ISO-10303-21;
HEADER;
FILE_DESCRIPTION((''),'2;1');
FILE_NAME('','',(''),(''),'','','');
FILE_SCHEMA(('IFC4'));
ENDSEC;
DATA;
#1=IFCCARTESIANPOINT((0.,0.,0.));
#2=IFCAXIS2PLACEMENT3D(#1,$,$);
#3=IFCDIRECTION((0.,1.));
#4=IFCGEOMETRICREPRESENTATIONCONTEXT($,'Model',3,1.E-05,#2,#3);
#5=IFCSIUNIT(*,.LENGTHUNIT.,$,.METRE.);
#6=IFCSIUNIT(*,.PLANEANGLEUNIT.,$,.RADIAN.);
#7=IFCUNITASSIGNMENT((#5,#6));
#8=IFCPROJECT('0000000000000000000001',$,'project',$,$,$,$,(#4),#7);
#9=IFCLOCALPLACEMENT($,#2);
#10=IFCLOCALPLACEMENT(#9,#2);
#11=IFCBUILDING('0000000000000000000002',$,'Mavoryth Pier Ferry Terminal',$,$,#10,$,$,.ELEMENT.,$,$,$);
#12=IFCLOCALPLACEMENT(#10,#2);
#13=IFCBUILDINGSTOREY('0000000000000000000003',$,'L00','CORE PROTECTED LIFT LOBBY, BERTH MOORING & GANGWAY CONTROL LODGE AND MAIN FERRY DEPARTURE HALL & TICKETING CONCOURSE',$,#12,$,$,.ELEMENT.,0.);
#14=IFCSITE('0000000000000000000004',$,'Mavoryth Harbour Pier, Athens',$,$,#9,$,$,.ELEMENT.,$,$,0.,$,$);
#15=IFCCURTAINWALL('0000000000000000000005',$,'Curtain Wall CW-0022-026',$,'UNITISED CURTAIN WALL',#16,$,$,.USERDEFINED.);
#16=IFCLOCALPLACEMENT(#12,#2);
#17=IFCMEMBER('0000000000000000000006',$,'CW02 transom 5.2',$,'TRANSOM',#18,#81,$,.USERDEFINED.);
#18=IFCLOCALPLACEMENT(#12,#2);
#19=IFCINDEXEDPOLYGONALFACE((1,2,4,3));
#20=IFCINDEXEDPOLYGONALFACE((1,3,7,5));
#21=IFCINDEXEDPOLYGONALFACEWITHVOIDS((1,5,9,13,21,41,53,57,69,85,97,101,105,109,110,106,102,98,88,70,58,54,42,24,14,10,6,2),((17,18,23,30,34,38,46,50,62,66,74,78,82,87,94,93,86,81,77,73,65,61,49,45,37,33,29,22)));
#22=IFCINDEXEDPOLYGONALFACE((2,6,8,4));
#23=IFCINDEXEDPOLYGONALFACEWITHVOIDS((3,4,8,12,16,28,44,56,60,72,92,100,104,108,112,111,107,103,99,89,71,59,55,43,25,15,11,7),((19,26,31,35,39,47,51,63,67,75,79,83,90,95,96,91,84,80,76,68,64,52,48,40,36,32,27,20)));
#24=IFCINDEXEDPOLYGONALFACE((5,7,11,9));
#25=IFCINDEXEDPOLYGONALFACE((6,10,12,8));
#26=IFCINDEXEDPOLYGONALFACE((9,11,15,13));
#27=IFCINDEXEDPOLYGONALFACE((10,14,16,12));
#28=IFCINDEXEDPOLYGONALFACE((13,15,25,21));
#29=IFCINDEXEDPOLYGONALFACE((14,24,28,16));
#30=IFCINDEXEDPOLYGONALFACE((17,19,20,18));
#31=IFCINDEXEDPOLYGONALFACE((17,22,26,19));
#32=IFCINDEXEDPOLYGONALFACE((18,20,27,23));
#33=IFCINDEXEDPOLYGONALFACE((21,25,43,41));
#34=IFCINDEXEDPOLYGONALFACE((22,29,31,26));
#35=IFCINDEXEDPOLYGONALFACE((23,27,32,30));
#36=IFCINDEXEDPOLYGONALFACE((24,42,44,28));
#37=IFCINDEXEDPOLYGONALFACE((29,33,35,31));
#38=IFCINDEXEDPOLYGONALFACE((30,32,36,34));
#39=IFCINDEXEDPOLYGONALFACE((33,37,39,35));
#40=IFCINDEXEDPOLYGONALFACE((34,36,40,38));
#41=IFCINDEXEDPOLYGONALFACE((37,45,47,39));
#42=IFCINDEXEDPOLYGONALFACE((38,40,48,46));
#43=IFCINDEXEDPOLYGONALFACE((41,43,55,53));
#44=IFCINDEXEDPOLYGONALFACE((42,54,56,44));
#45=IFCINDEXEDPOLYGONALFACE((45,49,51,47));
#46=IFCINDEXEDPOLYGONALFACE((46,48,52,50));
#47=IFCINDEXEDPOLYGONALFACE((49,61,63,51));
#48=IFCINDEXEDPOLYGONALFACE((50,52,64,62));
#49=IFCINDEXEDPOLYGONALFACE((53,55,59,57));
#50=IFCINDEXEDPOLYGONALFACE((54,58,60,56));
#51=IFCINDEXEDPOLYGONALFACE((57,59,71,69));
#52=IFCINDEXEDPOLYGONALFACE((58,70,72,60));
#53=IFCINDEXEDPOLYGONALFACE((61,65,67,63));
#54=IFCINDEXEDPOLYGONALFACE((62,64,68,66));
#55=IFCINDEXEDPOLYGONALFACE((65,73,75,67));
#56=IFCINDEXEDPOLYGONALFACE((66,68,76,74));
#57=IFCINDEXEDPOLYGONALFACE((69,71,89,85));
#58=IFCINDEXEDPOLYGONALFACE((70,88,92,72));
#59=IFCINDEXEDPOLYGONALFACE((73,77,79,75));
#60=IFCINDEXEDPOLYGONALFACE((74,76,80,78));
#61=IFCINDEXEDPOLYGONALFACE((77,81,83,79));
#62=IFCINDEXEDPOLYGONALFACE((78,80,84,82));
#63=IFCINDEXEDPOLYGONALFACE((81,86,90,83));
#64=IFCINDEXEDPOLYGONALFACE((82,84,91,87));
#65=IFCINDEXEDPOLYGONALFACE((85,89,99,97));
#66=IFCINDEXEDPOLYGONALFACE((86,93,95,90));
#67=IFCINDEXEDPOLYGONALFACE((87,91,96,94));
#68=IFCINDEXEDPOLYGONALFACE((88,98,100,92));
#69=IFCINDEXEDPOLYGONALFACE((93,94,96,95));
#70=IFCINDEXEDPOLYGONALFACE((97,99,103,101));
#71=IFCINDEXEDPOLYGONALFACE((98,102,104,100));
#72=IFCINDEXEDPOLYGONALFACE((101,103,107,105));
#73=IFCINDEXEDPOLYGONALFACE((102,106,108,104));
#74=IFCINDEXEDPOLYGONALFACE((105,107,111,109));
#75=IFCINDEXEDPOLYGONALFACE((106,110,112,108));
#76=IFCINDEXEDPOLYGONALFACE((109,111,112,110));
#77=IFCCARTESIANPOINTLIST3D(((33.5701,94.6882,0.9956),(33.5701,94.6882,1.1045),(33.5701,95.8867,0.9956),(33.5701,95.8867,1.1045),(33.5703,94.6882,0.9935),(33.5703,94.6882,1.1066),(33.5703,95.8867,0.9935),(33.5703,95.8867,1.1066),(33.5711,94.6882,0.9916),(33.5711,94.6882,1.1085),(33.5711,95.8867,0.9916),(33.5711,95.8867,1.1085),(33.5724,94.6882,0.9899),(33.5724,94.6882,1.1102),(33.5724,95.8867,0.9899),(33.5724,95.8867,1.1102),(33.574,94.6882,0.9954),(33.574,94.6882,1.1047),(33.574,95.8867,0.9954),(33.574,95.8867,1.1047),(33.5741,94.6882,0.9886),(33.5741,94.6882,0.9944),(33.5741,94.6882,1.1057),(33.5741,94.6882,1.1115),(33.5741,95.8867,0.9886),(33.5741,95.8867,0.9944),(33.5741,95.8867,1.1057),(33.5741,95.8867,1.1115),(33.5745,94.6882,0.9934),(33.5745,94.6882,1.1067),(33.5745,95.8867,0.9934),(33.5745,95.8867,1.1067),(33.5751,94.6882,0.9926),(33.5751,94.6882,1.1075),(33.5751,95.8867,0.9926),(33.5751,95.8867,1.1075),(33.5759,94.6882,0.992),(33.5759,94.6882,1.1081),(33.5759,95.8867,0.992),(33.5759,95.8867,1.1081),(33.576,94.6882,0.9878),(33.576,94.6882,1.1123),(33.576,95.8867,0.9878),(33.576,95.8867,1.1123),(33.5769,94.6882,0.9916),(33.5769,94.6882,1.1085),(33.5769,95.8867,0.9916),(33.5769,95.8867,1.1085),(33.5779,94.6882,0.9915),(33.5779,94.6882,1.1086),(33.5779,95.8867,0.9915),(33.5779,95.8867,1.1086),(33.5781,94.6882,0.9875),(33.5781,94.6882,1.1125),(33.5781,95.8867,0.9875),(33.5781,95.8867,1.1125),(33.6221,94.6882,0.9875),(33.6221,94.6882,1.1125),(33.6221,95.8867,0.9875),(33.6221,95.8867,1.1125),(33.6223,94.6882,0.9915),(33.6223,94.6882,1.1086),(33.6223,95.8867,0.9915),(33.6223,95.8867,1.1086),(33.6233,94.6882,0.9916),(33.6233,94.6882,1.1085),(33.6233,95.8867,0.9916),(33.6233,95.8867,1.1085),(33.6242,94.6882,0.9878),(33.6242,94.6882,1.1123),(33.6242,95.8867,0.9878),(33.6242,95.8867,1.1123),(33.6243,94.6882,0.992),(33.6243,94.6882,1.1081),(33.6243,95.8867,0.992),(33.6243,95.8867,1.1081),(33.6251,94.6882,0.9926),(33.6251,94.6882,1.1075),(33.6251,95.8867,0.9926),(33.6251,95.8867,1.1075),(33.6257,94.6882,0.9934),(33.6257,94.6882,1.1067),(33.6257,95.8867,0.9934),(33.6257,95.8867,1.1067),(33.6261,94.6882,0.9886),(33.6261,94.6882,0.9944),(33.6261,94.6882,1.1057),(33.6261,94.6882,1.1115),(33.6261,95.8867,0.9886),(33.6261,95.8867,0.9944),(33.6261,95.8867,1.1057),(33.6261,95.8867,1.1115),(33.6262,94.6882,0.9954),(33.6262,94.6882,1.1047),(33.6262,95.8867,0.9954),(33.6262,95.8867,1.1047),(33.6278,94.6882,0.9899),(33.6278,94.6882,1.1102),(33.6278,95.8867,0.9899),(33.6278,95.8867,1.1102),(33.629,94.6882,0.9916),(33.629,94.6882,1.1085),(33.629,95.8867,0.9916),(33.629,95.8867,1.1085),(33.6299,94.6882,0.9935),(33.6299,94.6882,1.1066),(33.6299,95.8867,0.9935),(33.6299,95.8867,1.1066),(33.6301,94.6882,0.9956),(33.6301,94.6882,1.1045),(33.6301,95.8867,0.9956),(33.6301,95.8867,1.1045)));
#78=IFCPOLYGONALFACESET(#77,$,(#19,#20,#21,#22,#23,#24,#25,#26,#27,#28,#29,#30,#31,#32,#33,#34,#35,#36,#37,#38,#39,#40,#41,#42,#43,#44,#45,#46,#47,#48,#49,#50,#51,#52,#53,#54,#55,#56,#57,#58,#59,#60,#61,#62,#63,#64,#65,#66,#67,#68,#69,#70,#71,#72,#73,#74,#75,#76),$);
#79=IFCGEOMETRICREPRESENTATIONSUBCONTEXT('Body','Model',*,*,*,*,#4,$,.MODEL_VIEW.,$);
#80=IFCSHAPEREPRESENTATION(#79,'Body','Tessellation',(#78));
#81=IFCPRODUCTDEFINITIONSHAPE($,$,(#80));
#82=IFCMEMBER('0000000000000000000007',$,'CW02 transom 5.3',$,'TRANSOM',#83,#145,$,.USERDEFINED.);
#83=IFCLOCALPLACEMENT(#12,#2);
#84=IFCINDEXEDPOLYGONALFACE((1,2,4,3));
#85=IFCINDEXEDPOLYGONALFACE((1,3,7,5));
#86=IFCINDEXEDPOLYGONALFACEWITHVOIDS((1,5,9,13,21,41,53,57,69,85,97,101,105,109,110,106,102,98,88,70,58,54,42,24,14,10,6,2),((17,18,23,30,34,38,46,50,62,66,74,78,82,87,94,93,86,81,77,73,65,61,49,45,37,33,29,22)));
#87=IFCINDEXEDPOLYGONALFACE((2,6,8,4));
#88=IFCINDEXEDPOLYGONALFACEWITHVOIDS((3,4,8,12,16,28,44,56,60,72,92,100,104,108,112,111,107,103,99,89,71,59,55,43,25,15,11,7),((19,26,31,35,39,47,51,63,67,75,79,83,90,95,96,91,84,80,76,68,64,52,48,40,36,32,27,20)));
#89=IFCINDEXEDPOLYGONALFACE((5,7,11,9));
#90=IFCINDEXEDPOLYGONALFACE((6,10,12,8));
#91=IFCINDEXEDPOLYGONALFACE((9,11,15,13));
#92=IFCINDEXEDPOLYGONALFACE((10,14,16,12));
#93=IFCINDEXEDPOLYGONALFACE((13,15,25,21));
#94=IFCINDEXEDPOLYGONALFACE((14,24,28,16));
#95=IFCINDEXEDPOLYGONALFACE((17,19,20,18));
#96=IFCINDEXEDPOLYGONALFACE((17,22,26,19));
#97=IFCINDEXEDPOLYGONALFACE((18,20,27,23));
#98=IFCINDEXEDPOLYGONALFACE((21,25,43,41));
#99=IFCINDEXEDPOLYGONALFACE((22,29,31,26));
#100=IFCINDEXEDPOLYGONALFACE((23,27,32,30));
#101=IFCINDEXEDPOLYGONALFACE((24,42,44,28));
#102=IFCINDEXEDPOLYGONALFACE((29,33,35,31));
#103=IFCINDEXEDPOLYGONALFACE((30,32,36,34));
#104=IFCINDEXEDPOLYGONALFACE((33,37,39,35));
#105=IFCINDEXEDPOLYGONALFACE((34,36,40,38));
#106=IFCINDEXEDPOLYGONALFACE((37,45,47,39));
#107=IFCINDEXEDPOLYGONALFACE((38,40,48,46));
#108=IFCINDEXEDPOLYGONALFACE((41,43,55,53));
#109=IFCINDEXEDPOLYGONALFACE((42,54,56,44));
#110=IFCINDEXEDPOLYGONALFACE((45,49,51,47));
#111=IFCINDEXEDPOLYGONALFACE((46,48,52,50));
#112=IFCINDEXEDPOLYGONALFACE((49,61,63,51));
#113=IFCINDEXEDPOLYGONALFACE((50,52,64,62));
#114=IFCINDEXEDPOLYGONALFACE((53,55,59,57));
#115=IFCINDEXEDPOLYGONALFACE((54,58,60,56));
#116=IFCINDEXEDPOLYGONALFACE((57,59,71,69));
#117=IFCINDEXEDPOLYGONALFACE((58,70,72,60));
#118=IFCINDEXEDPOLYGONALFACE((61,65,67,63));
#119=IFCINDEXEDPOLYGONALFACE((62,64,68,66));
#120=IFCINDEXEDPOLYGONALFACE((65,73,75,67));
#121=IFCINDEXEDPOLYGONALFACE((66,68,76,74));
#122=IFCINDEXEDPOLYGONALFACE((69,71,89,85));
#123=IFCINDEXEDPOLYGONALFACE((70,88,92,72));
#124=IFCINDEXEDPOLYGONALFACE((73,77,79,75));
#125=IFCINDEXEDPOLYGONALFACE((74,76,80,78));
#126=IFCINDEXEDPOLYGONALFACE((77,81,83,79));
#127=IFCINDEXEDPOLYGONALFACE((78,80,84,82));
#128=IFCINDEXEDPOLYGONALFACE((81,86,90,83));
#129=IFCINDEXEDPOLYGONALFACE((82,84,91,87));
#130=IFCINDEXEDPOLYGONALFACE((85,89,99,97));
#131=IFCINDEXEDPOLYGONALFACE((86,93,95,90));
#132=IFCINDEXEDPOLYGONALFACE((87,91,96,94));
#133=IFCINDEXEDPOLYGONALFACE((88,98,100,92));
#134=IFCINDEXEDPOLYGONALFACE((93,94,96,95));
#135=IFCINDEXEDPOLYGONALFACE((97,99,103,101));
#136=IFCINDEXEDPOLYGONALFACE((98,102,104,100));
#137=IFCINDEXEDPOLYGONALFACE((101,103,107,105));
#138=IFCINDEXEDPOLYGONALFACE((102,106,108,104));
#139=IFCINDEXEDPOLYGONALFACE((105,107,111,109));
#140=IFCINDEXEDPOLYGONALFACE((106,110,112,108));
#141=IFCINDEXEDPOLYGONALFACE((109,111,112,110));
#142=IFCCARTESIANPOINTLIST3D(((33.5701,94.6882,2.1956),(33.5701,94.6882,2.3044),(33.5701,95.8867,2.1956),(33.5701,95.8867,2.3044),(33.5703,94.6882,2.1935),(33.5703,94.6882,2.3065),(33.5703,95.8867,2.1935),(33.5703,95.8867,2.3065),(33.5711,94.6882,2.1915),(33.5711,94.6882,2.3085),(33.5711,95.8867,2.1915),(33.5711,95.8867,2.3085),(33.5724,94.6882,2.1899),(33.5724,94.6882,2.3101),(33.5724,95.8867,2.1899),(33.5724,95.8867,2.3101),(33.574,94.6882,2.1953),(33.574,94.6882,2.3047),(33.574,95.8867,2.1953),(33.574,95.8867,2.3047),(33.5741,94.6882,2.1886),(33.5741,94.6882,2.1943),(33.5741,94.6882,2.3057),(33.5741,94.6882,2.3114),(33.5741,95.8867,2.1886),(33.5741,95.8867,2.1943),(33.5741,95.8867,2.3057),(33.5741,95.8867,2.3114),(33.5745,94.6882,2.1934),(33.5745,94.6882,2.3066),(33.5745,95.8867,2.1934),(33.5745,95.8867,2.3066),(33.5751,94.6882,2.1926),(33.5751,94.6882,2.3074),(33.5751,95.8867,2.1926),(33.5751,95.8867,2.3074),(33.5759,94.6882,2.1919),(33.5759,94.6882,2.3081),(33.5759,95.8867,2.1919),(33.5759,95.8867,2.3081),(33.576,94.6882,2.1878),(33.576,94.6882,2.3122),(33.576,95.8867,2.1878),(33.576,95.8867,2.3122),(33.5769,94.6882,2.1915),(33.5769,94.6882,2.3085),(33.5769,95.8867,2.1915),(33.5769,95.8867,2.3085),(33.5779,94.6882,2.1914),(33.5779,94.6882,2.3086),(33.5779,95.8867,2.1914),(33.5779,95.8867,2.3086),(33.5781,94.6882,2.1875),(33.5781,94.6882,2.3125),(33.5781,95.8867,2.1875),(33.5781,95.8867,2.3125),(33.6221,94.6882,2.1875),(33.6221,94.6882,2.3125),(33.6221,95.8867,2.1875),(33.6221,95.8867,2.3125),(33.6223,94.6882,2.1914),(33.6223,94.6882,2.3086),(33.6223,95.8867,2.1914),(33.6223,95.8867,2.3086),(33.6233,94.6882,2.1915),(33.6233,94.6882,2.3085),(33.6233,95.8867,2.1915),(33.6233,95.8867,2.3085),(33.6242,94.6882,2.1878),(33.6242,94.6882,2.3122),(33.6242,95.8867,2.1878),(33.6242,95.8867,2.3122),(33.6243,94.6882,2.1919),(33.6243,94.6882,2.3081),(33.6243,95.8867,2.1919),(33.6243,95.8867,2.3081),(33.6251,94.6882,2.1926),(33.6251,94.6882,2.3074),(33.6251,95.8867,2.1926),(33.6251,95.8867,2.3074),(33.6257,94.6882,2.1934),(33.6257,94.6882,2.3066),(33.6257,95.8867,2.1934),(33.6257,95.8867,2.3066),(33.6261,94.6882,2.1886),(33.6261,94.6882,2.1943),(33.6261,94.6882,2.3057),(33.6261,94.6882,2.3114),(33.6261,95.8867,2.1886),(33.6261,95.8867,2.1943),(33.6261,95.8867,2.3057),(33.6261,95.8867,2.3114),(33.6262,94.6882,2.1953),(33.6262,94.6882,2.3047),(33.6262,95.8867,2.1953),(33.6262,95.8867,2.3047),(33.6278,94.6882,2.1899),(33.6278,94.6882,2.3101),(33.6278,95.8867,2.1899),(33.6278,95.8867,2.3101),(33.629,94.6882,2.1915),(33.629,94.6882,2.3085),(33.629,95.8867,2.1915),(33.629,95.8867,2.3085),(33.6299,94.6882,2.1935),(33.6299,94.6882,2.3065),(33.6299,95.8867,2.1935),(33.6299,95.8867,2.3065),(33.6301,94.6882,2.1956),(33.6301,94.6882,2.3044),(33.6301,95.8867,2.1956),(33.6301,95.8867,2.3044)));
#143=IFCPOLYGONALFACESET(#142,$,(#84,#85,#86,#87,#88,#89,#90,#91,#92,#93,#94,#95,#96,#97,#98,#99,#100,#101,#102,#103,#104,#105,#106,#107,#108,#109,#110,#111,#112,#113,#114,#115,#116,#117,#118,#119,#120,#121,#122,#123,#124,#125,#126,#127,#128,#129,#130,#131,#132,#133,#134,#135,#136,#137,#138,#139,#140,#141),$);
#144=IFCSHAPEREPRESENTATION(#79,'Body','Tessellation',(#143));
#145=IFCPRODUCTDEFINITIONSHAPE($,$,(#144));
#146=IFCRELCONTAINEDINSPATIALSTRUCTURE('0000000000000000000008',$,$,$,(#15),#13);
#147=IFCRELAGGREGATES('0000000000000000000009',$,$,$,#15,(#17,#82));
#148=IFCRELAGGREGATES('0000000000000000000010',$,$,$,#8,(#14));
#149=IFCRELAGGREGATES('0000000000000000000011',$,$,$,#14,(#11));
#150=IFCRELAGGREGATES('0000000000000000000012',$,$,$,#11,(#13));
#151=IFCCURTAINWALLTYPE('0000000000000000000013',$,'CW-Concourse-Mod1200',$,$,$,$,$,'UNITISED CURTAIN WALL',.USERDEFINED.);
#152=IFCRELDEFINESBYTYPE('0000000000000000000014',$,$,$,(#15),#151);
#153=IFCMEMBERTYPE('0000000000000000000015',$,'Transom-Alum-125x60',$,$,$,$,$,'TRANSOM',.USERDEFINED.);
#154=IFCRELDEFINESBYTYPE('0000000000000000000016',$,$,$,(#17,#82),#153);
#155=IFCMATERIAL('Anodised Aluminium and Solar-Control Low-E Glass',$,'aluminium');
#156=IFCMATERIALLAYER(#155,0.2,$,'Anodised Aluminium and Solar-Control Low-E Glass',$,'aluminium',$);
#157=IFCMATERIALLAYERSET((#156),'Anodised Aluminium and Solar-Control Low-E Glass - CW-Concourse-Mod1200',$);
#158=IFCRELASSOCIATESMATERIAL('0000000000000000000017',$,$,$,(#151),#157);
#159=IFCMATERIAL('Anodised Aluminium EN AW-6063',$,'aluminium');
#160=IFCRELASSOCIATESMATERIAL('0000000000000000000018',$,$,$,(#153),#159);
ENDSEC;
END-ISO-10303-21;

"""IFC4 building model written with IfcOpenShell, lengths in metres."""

from ifc_helpers import new_model, si_unit, direction, frame, origin, origin_2d, place, context, subcontext, project, spatial, hollow_rectangle, extrude, material, layer, layer_set, material_profile, profile_set, type_object, element, aggregate, save


model = new_model("IFC4")

# Units and contexts
model_context = context("Model", 3, precision=1e-05, world=origin(), true_north=direction((0.0, 1.0)))
body_context = subcontext(model_context, "Body", "Model", "MODEL_VIEW")
ifc_project = project(units=[si_unit("LENGTHUNIT", "METRE"), si_unit("PLANEANGLEUNIT", "RADIAN")], contexts=[model_context])

# Site, building, storey
site_placement = place(None, origin())
site = spatial("IfcSite", under=ifc_project, at=site_placement, Name="Mavoryth Harbour Pier, Athens", CompositionType="ELEMENT", RefElevation=0.0)
building_placement = place(site_placement, origin())
building = spatial("IfcBuilding", under=site, at=building_placement, Name="Mavoryth Pier Ferry Terminal", CompositionType="ELEMENT")
storey_placement = place(building_placement, origin())
storey = spatial("IfcBuildingStorey", under=building, at=storey_placement, Name="L00", Description="CORE PROTECTED LIFT LOBBY, BERTH MOORING & GANGWAY CONTROL LODGE AND MAIN FERRY DEPARTURE HALL & TICKETING CONCOURSE", CompositionType="ELEMENT", Elevation=0.0)

# Curtain wall, members
ifc_material_1 = material(Name="Anodised Aluminium and Solar-Control Low-E Glass", Category="aluminium")
ifc_layer_1 = layer(ifc_material_1, 0.2, Name="Anodised Aluminium and Solar-Control Low-E Glass", Category="aluminium")
ifc_layer_set_1 = layer_set([ifc_layer_1], Name="Anodised Aluminium and Solar-Control Low-E Glass - CW-Concourse-Mod1200")
curtain_wall_type = type_object("IfcCurtainWallType", Name="CW-Concourse-Mod1200", ElementType="UNITISED CURTAIN WALL", PredefinedType="USERDEFINED", material=ifc_layer_set_1)
curtain_wall_placement = place(storey_placement, origin())
curtain_wall = element("IfcCurtainWall", 1, at=curtain_wall_placement, inside=storey, type_object=curtain_wall_type, Name="Curtain Wall CW-0022-026", ObjectType="UNITISED CURTAIN WALL", PredefinedType="USERDEFINED")
ifc_material_2 = material(Name="Anodised Aluminium EN AW-6063", Category="aluminium")
ifc_material_profile_1 = material_profile(ifc_material_2, hollow_rectangle(XDim=0.0601, YDim=0.125, WallThickness=0.0039, InnerFilletRadius=0.0039, OuterFilletRadius=0.0081, at=origin_2d()), Name="AL-TRAN 125x60x4", Category="aluminium")
ifc_profile_set_1 = profile_set([ifc_material_profile_1], Name="Anodised Aluminium EN AW-6063 - AL-TRAN 125x60x4")
member_type_1 = type_object("IfcMemberType", Name="Transom-Alum-125x60", ElementType="TRANSOM", PredefinedType="USERDEFINED", material=ifc_profile_set_1)
member_1_placement = place(storey_placement, frame((33.6001, 94.6882, 1.05), z_axis=(0.0, 1.0, 0.0), x_axis=(-1.0, 0.0, 0.0)))
member_1 = element("IfcMember", 2, at=member_1_placement, type_object=member_type_1, Name="CW02 transom 5.2", ObjectType="TRANSOM", PredefinedType="USERDEFINED", context=body_context, shape_type="SweptSolid", body=[
    extrude(hollow_rectangle(XDim=0.0601, YDim=0.125, WallThickness=0.0039, InnerFilletRadius=0.0039, OuterFilletRadius=0.0081, at=origin_2d()), origin(), (0.0, 0.0, 1.0), 1.1985),
])
member_2_placement = place(storey_placement, frame((33.6001, 94.6882, 2.25), z_axis=(0.0, 1.0, 0.0), x_axis=(-1.0, 0.0, 0.0)))
member_2 = element("IfcMember", 3, at=member_2_placement, type_object=member_type_1, Name="CW02 transom 5.3", ObjectType="TRANSOM", PredefinedType="USERDEFINED", context=body_context, shape_type="SweptSolid", body=[
    extrude(hollow_rectangle(XDim=0.0601, YDim=0.125, WallThickness=0.0039, InnerFilletRadius=0.0039, OuterFilletRadius=0.0081, at=origin_2d()), origin(), (0.0, 0.0, 1.0), 1.1985),
])
aggregate(curtain_wall, [member_1, member_2])

save(model, "model.ifc")
